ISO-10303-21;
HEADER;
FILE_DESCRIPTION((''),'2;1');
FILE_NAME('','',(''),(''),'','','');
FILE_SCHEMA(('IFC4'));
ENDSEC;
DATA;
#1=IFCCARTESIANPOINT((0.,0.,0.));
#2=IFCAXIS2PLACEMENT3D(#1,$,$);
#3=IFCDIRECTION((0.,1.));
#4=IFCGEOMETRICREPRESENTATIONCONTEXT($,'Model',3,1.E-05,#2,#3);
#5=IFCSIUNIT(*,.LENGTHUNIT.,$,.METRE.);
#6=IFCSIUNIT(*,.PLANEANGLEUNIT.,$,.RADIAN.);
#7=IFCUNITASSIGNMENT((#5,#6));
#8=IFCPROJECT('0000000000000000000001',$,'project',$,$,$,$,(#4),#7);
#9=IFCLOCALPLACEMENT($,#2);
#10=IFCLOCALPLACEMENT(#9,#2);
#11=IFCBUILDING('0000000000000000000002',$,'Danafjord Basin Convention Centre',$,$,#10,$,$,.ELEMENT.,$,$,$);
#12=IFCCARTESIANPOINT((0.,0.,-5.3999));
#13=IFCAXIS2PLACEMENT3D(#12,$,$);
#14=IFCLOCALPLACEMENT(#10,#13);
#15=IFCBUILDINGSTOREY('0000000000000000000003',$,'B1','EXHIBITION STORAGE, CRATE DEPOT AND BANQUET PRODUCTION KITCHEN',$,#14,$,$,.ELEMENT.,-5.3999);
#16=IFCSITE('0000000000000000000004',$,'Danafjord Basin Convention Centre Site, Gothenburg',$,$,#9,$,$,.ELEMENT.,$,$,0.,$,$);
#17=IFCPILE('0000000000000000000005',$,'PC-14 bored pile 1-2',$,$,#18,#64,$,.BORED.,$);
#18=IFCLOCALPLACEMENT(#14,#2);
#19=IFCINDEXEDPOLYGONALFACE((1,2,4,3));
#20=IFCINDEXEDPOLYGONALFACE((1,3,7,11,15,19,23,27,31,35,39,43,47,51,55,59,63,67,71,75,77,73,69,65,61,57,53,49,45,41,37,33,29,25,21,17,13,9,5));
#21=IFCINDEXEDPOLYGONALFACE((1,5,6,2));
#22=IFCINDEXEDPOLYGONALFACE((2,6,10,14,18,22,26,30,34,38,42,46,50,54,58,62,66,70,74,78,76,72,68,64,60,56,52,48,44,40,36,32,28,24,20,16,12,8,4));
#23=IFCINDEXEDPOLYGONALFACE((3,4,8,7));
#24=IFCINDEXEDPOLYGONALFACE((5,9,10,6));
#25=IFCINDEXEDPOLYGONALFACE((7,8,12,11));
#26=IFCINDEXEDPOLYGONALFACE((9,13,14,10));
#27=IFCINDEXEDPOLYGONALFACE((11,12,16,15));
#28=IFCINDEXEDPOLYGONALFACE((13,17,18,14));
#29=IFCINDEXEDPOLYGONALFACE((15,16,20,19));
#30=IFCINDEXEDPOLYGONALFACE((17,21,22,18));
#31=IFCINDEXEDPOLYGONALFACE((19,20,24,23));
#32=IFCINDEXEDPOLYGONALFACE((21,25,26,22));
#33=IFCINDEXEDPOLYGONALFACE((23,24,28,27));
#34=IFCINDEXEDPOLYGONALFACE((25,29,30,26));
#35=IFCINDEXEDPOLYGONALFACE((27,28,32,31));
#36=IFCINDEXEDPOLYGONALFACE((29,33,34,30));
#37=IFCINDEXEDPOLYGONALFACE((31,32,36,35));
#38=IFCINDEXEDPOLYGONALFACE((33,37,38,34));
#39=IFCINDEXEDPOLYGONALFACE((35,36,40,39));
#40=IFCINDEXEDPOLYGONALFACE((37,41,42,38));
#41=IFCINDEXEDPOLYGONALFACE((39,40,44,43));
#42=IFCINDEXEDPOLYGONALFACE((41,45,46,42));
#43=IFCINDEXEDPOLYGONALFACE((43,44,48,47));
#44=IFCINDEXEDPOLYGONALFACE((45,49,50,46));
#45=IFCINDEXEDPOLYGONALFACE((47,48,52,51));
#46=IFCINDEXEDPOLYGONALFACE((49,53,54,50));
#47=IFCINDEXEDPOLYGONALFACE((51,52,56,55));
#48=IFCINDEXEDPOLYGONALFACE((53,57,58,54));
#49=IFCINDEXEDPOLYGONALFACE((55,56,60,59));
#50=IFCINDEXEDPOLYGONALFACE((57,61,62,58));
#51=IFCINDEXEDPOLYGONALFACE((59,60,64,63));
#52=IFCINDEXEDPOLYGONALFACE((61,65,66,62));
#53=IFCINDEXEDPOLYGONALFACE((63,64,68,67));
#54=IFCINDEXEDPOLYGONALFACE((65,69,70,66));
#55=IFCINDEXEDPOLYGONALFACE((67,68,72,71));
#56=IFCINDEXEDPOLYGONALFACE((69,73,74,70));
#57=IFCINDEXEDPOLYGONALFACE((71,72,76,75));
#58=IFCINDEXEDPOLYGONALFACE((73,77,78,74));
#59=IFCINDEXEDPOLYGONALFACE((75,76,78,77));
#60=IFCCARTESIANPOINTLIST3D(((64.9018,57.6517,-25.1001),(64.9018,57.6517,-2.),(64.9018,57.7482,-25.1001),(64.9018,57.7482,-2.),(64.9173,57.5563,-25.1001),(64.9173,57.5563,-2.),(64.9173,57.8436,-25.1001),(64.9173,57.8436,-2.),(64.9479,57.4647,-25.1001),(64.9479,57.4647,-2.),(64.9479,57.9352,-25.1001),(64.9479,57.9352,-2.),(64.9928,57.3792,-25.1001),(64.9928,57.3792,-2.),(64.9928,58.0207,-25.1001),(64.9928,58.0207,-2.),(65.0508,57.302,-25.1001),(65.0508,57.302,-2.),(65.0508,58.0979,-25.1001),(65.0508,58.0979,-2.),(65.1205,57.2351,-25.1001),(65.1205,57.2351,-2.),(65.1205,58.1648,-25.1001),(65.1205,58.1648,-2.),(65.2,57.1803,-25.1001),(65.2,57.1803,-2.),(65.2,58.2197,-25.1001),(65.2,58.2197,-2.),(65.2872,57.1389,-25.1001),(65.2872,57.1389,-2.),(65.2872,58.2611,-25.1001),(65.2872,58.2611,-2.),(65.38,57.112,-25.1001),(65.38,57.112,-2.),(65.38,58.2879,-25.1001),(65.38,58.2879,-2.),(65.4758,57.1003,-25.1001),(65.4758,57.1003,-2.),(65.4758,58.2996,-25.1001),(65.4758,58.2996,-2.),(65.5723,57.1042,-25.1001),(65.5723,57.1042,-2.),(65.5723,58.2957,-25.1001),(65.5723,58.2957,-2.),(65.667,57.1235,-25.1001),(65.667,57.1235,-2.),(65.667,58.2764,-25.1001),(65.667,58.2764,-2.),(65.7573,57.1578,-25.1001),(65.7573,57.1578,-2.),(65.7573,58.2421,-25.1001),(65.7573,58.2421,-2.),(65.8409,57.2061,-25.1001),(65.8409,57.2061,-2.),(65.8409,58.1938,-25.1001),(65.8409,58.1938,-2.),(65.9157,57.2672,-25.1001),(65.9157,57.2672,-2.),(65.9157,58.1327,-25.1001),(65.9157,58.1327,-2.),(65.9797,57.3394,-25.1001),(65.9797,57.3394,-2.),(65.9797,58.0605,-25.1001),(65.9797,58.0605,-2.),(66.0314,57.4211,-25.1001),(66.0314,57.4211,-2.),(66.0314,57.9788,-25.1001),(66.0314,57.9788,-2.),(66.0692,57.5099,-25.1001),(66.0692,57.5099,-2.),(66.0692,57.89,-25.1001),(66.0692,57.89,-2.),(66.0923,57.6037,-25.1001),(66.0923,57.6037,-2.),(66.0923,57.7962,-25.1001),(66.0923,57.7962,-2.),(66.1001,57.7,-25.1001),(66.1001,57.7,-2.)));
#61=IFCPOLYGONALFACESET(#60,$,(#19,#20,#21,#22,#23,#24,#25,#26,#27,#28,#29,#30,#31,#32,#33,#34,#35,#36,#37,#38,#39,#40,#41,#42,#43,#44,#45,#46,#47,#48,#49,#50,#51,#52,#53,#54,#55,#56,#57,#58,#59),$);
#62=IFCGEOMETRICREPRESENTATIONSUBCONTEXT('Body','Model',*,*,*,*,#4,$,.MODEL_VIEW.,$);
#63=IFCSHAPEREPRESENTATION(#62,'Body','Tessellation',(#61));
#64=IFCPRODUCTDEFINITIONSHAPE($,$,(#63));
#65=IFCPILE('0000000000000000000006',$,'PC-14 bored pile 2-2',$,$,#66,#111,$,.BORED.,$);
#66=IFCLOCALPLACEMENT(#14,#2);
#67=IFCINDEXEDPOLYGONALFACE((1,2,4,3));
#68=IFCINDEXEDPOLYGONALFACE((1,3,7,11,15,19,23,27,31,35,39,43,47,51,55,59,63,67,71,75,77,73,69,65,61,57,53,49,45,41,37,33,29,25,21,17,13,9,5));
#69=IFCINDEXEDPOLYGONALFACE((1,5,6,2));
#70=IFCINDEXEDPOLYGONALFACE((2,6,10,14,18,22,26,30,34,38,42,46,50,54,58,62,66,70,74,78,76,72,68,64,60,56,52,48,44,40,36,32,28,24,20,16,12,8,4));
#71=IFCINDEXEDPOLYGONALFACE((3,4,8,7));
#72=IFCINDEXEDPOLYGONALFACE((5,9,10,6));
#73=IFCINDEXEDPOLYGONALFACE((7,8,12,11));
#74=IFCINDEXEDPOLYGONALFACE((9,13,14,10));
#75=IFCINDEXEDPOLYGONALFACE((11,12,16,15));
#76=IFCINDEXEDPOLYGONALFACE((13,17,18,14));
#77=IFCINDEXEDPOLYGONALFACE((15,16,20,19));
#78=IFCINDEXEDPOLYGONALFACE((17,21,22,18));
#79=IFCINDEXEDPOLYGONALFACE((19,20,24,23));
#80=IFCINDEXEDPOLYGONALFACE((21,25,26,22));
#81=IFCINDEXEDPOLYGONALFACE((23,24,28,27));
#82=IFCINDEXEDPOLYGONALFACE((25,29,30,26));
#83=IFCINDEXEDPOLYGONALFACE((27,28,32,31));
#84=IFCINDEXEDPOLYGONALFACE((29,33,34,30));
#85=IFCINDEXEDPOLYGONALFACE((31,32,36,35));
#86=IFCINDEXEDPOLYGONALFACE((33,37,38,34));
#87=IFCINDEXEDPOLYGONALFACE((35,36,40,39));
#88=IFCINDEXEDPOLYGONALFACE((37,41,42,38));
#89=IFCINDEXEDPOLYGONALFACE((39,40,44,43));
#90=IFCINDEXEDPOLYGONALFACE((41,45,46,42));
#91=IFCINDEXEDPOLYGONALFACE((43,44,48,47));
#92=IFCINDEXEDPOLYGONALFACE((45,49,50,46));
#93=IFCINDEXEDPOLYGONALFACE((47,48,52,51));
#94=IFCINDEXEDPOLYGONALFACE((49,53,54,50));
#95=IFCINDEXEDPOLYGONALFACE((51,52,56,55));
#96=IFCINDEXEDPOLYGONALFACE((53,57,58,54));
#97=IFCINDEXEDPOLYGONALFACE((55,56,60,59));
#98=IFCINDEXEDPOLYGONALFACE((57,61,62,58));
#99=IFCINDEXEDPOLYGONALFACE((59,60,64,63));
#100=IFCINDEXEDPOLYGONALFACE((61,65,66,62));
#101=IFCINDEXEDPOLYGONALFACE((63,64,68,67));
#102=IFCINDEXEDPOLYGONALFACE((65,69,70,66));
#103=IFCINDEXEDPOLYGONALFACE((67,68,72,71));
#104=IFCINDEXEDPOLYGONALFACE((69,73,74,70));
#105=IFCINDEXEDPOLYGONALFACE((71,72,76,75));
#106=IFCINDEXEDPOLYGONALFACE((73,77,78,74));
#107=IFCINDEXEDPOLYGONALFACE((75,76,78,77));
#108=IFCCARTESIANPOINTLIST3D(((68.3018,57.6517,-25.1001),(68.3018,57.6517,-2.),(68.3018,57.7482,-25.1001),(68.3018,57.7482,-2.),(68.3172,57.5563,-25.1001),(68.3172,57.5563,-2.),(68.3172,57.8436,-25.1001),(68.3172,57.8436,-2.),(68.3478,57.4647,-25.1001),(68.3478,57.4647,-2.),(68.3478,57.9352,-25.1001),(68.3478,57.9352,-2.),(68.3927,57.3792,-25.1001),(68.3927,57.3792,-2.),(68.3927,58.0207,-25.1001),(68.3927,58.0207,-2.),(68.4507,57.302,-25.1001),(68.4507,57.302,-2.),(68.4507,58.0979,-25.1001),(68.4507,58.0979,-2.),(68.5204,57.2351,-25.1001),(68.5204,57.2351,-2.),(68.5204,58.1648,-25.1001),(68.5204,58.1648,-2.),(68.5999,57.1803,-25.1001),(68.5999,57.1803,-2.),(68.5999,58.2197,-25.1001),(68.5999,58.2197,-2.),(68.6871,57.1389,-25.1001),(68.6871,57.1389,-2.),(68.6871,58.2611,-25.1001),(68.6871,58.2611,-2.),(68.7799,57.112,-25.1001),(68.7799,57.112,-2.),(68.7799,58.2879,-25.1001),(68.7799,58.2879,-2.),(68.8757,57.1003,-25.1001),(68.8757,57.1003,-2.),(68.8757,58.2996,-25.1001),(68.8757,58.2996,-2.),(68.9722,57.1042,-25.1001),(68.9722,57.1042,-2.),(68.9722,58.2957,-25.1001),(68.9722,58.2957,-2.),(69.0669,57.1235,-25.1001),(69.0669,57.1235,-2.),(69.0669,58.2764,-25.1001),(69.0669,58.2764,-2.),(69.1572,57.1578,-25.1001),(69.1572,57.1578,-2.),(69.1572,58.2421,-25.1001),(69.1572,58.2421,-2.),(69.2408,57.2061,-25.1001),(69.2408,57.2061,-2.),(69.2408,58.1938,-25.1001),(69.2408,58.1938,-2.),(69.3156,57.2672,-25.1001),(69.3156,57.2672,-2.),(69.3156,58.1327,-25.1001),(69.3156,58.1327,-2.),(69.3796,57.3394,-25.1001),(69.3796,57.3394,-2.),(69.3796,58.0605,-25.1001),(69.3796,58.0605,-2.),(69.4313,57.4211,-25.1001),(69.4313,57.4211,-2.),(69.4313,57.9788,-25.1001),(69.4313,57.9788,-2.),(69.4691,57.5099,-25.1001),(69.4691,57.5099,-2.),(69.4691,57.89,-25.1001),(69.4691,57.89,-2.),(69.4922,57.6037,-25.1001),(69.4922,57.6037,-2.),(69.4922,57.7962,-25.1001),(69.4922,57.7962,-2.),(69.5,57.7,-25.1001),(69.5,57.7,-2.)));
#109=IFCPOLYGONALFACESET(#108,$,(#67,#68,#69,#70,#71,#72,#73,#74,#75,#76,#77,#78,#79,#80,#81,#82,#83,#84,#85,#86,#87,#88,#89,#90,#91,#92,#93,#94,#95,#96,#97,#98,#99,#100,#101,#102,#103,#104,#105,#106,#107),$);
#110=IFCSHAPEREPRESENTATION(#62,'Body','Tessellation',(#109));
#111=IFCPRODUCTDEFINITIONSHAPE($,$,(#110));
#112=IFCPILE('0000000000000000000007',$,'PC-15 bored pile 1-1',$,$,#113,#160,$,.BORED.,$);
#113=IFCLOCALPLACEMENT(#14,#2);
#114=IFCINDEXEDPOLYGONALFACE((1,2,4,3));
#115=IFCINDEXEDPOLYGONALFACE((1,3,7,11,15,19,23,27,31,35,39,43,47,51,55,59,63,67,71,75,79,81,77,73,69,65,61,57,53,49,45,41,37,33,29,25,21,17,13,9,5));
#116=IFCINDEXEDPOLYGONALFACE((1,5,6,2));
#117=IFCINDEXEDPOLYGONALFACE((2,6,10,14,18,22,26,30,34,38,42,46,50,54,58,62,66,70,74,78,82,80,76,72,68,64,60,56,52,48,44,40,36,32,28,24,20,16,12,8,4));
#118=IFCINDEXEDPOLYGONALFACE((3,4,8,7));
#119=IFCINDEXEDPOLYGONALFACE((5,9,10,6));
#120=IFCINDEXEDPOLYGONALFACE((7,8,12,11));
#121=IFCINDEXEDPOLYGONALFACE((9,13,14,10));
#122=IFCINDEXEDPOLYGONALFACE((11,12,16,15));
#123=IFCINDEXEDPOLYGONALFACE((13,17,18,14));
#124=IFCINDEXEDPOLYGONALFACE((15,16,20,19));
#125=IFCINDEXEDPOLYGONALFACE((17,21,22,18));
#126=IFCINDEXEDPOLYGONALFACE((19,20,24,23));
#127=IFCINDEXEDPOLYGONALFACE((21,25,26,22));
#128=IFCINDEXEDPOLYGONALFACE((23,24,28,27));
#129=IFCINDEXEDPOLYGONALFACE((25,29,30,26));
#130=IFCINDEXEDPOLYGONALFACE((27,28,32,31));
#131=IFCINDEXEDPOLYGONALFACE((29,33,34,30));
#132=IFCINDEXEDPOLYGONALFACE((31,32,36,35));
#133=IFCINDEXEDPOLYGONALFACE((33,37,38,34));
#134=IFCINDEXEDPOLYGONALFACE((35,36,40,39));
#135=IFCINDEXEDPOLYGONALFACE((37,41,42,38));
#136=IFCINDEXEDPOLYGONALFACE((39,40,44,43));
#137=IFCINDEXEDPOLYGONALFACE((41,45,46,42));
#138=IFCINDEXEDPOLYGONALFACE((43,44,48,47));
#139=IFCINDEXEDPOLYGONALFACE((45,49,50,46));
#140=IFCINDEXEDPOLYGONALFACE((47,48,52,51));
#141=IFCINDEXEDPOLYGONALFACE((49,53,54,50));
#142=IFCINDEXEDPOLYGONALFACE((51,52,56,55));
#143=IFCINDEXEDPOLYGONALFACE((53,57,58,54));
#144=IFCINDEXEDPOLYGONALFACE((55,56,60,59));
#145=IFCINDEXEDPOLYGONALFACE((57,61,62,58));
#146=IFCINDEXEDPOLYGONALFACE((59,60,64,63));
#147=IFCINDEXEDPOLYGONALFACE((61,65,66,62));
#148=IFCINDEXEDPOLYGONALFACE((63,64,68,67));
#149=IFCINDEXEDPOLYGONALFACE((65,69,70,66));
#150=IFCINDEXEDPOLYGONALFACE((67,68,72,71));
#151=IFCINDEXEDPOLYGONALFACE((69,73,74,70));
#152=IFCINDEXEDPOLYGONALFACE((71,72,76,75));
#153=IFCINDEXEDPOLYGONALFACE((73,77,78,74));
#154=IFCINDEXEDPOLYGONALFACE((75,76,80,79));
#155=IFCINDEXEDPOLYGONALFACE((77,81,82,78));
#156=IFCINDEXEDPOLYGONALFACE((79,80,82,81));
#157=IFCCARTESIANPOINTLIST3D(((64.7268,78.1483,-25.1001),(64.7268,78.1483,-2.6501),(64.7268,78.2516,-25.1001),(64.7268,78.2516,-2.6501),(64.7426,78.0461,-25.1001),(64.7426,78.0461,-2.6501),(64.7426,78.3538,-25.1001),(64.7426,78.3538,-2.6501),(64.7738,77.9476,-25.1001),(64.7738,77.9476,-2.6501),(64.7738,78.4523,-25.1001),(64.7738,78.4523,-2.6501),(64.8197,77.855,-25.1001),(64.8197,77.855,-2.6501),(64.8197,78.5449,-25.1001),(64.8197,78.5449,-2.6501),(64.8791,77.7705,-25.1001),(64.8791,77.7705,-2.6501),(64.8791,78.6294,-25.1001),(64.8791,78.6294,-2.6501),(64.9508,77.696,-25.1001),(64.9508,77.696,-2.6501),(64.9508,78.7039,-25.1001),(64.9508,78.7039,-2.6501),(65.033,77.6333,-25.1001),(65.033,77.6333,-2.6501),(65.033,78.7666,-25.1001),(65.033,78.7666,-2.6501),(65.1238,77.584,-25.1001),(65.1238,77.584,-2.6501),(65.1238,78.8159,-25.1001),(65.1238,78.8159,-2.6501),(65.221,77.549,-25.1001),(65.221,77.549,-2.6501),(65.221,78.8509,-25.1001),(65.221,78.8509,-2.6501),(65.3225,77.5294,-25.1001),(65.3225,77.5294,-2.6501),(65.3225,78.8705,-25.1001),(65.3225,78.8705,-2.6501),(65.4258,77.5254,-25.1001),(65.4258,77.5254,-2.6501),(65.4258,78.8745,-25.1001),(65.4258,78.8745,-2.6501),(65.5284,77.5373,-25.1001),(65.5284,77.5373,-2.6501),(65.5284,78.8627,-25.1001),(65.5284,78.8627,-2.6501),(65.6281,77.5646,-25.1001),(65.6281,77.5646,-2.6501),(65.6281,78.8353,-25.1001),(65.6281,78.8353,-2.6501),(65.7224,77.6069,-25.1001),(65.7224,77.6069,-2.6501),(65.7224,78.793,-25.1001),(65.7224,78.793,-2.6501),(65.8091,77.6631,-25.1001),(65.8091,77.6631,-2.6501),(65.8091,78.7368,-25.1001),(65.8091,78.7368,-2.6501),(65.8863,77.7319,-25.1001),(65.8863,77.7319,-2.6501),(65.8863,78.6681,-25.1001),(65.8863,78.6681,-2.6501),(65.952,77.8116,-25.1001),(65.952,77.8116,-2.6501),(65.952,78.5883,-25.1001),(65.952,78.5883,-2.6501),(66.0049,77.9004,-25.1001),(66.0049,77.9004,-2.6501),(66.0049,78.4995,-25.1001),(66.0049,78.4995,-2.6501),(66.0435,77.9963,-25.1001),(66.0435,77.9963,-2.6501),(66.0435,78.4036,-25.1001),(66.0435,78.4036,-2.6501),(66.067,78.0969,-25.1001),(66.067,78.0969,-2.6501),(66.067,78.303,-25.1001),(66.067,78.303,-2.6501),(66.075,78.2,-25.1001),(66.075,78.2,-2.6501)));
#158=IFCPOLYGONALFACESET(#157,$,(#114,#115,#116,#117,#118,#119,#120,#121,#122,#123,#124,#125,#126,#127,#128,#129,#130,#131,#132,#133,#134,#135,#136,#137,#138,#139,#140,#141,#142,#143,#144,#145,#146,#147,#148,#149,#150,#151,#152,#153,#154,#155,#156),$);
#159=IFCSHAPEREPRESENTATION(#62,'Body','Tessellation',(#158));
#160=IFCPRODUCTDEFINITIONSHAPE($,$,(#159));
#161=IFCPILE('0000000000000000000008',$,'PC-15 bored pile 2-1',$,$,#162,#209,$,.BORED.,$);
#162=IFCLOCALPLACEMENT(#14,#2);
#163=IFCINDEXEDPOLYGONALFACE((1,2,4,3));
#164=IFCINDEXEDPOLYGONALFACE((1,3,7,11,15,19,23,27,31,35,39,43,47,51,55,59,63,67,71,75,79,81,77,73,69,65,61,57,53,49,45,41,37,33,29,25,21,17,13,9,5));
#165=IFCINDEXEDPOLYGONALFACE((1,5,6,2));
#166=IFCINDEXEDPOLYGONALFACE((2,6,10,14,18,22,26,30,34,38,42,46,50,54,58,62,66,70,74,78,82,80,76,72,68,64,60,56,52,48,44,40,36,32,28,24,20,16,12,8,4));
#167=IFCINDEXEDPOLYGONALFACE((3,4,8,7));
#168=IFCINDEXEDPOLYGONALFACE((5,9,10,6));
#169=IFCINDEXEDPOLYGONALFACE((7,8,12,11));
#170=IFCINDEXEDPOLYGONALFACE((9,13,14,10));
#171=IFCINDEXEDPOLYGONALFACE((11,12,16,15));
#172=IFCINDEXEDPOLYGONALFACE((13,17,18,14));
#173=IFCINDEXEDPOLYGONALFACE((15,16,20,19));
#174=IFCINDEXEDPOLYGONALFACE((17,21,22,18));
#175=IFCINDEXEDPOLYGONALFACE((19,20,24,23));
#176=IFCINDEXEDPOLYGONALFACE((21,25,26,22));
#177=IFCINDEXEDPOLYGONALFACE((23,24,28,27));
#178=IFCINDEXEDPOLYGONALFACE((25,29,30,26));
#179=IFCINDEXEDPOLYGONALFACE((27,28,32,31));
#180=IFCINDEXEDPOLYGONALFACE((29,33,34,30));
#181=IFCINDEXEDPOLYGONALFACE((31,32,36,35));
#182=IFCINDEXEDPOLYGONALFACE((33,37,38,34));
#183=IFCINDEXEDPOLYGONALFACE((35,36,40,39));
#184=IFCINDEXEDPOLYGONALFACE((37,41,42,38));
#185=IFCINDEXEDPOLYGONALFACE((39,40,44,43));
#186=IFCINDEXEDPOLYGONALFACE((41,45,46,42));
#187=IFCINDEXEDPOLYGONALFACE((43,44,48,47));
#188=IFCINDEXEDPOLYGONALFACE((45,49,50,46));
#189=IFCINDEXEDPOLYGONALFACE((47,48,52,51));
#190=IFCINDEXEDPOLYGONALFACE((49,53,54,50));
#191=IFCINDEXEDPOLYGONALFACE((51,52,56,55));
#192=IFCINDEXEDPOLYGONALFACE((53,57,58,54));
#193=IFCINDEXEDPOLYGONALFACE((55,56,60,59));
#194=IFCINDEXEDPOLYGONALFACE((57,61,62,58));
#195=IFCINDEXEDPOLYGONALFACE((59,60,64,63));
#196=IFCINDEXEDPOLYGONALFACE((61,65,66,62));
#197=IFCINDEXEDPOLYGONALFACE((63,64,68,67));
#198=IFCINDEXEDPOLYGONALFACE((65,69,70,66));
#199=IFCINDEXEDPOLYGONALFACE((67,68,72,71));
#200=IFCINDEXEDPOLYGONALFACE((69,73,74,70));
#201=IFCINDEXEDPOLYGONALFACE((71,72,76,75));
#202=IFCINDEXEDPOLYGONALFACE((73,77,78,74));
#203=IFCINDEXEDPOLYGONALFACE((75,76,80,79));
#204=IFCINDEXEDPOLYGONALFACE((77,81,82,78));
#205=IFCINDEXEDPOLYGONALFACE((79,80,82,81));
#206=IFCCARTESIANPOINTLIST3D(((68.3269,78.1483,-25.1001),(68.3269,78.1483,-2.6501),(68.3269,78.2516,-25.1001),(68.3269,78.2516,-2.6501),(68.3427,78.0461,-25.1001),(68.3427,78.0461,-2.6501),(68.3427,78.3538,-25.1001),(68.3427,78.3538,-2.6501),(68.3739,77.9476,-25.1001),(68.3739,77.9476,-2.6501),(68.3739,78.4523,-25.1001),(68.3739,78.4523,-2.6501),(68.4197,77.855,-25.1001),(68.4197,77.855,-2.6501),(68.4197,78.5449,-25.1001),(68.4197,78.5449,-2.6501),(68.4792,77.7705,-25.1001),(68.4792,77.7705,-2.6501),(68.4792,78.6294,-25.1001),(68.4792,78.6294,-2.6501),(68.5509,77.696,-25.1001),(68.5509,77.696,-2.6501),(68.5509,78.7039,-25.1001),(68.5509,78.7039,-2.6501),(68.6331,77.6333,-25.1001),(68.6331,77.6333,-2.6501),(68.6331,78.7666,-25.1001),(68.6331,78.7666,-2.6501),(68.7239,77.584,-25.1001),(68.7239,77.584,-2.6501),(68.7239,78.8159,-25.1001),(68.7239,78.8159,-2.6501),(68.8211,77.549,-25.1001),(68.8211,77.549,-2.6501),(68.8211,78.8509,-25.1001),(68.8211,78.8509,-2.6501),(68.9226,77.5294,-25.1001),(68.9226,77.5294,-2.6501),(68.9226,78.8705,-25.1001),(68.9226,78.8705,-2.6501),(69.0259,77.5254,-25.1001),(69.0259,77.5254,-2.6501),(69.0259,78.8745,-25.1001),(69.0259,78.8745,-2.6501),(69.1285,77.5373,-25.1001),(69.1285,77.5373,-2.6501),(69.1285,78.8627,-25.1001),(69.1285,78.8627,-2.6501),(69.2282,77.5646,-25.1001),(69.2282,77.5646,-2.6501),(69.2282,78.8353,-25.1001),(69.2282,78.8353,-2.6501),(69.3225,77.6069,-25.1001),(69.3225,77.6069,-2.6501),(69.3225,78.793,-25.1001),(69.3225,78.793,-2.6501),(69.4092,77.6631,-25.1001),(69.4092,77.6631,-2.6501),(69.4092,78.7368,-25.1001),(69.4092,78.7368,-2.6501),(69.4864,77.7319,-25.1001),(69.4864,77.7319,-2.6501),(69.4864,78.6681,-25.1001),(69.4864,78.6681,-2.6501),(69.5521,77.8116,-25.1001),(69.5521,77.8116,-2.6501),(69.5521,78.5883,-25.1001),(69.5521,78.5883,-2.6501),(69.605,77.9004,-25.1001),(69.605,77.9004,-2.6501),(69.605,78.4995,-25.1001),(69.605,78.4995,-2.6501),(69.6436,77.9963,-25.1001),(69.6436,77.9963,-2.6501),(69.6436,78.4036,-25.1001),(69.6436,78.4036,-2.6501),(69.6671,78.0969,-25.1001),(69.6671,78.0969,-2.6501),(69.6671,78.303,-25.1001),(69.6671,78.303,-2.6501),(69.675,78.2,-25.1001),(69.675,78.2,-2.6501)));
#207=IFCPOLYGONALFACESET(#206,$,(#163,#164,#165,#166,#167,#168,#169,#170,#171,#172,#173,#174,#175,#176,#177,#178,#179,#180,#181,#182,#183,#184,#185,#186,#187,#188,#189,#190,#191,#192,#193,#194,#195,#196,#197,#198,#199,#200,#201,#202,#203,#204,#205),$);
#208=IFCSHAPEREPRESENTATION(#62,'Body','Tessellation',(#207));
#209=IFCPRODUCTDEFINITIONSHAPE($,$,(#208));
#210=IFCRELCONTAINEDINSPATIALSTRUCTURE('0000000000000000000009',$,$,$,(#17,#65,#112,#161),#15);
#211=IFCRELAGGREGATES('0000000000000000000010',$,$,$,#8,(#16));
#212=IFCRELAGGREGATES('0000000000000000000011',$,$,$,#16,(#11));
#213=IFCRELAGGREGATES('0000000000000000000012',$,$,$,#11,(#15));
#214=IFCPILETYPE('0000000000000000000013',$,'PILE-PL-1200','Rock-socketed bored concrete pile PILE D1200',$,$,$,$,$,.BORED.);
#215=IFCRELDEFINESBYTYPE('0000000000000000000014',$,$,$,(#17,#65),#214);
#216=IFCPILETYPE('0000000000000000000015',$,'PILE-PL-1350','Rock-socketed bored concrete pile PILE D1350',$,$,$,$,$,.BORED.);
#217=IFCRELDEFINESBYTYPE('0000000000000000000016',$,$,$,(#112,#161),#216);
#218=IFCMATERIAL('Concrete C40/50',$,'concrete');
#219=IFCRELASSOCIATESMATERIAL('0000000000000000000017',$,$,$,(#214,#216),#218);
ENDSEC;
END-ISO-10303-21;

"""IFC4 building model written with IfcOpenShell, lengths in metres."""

from ifc_helpers import new_model, si_unit, direction, frame, origin, origin_2d, place, context, subcontext, project, spatial, circle, extrude, material, material_profile, profile_set, type_object, element, save


model = new_model("IFC4")

# Units and contexts
model_context = context("Model", 3, precision=1e-05, world=origin(), true_north=direction((0.0, 1.0)))
body_context = subcontext(model_context, "Body", "Model", "MODEL_VIEW")
ifc_project = project(units=[si_unit("LENGTHUNIT", "METRE"), si_unit("PLANEANGLEUNIT", "RADIAN")], contexts=[model_context])

# Site, building, storey
site_placement = place(None, origin())
site = spatial("IfcSite", under=ifc_project, at=site_placement, Name="Danafjord Basin Convention Centre Site, Gothenburg", CompositionType="ELEMENT", RefElevation=0.0)
building_placement = place(site_placement, origin())
building = spatial("IfcBuilding", under=site, at=building_placement, Name="Danafjord Basin Convention Centre", CompositionType="ELEMENT")
storey_placement = place(building_placement, frame((0.0, 0.0, -5.3999)))
storey = spatial("IfcBuildingStorey", under=building, at=storey_placement, Name="B1", Description="EXHIBITION STORAGE, CRATE DEPOT AND BANQUET PRODUCTION KITCHEN", CompositionType="ELEMENT", Elevation=-5.3999)

# Shared definitions
ifc_material_1 = material(Name="Concrete C40/50", Category="concrete")

# Piles
ifc_material_profile_1 = material_profile(ifc_material_1, circle(Radius=0.6001, at=origin_2d()), Name="PILE D1200")
ifc_profile_set_1 = profile_set([ifc_material_profile_1], Name="Concrete C40/50")
pile_type_1 = type_object("IfcPileType", Name="PILE-PL-1200", Description="Rock-socketed bored concrete pile PILE D1200", PredefinedType="BORED", material=ifc_profile_set_1)
for number, where, z_axis, x_axis, name in (
    (1, (65.5, 57.7, -2.0), (0.0, 0.0, -1.0), (1.0, 0.0, 0.0), "PC-14 bored pile 1-2"),
    (2, (68.8999, 57.7, -2.0), (0.0, 0.0, -1.0), (1.0, 0.0, 0.0), "PC-14 bored pile 2-2"),
):
    element("IfcPile", number, at=place(storey_placement, frame(where, z_axis=z_axis, x_axis=x_axis)), inside=storey, type_object=pile_type_1, Name=name, PredefinedType="BORED", context=body_context, shape_type="SweptSolid", body=[
        extrude(circle(Radius=0.6001, at=origin_2d()), origin(), (0.0, 0.0, 1.0), 23.1001),
    ])
ifc_material_profile_2 = material_profile(ifc_material_1, circle(Radius=0.675, at=origin_2d()), Name="PILE D1350")
ifc_profile_set_2 = profile_set([ifc_material_profile_2], Name="Concrete C40/50")
pile_type_2 = type_object("IfcPileType", Name="PILE-PL-1350", Description="Rock-socketed bored concrete pile PILE D1350", PredefinedType="BORED", material=ifc_profile_set_2)
for number, where, z_axis, x_axis, name in (
    (3, (65.3999, 78.2, -2.6501), (0.0, 0.0, -1.0), (1.0, 0.0, 0.0), "PC-15 bored pile 1-1"),
    (4, (69.0, 78.2, -2.6501), (0.0, 0.0, -1.0), (1.0, 0.0, 0.0), "PC-15 bored pile 2-1"),
):
    element("IfcPile", number, at=place(storey_placement, frame(where, z_axis=z_axis, x_axis=x_axis)), inside=storey, type_object=pile_type_2, Name=name, PredefinedType="BORED", context=body_context, shape_type="SweptSolid", body=[
        extrude(circle(Radius=0.675, at=origin_2d()), origin(), (0.0, 0.0, 1.0), 22.45),
    ])

save(model, "model.ifc")
